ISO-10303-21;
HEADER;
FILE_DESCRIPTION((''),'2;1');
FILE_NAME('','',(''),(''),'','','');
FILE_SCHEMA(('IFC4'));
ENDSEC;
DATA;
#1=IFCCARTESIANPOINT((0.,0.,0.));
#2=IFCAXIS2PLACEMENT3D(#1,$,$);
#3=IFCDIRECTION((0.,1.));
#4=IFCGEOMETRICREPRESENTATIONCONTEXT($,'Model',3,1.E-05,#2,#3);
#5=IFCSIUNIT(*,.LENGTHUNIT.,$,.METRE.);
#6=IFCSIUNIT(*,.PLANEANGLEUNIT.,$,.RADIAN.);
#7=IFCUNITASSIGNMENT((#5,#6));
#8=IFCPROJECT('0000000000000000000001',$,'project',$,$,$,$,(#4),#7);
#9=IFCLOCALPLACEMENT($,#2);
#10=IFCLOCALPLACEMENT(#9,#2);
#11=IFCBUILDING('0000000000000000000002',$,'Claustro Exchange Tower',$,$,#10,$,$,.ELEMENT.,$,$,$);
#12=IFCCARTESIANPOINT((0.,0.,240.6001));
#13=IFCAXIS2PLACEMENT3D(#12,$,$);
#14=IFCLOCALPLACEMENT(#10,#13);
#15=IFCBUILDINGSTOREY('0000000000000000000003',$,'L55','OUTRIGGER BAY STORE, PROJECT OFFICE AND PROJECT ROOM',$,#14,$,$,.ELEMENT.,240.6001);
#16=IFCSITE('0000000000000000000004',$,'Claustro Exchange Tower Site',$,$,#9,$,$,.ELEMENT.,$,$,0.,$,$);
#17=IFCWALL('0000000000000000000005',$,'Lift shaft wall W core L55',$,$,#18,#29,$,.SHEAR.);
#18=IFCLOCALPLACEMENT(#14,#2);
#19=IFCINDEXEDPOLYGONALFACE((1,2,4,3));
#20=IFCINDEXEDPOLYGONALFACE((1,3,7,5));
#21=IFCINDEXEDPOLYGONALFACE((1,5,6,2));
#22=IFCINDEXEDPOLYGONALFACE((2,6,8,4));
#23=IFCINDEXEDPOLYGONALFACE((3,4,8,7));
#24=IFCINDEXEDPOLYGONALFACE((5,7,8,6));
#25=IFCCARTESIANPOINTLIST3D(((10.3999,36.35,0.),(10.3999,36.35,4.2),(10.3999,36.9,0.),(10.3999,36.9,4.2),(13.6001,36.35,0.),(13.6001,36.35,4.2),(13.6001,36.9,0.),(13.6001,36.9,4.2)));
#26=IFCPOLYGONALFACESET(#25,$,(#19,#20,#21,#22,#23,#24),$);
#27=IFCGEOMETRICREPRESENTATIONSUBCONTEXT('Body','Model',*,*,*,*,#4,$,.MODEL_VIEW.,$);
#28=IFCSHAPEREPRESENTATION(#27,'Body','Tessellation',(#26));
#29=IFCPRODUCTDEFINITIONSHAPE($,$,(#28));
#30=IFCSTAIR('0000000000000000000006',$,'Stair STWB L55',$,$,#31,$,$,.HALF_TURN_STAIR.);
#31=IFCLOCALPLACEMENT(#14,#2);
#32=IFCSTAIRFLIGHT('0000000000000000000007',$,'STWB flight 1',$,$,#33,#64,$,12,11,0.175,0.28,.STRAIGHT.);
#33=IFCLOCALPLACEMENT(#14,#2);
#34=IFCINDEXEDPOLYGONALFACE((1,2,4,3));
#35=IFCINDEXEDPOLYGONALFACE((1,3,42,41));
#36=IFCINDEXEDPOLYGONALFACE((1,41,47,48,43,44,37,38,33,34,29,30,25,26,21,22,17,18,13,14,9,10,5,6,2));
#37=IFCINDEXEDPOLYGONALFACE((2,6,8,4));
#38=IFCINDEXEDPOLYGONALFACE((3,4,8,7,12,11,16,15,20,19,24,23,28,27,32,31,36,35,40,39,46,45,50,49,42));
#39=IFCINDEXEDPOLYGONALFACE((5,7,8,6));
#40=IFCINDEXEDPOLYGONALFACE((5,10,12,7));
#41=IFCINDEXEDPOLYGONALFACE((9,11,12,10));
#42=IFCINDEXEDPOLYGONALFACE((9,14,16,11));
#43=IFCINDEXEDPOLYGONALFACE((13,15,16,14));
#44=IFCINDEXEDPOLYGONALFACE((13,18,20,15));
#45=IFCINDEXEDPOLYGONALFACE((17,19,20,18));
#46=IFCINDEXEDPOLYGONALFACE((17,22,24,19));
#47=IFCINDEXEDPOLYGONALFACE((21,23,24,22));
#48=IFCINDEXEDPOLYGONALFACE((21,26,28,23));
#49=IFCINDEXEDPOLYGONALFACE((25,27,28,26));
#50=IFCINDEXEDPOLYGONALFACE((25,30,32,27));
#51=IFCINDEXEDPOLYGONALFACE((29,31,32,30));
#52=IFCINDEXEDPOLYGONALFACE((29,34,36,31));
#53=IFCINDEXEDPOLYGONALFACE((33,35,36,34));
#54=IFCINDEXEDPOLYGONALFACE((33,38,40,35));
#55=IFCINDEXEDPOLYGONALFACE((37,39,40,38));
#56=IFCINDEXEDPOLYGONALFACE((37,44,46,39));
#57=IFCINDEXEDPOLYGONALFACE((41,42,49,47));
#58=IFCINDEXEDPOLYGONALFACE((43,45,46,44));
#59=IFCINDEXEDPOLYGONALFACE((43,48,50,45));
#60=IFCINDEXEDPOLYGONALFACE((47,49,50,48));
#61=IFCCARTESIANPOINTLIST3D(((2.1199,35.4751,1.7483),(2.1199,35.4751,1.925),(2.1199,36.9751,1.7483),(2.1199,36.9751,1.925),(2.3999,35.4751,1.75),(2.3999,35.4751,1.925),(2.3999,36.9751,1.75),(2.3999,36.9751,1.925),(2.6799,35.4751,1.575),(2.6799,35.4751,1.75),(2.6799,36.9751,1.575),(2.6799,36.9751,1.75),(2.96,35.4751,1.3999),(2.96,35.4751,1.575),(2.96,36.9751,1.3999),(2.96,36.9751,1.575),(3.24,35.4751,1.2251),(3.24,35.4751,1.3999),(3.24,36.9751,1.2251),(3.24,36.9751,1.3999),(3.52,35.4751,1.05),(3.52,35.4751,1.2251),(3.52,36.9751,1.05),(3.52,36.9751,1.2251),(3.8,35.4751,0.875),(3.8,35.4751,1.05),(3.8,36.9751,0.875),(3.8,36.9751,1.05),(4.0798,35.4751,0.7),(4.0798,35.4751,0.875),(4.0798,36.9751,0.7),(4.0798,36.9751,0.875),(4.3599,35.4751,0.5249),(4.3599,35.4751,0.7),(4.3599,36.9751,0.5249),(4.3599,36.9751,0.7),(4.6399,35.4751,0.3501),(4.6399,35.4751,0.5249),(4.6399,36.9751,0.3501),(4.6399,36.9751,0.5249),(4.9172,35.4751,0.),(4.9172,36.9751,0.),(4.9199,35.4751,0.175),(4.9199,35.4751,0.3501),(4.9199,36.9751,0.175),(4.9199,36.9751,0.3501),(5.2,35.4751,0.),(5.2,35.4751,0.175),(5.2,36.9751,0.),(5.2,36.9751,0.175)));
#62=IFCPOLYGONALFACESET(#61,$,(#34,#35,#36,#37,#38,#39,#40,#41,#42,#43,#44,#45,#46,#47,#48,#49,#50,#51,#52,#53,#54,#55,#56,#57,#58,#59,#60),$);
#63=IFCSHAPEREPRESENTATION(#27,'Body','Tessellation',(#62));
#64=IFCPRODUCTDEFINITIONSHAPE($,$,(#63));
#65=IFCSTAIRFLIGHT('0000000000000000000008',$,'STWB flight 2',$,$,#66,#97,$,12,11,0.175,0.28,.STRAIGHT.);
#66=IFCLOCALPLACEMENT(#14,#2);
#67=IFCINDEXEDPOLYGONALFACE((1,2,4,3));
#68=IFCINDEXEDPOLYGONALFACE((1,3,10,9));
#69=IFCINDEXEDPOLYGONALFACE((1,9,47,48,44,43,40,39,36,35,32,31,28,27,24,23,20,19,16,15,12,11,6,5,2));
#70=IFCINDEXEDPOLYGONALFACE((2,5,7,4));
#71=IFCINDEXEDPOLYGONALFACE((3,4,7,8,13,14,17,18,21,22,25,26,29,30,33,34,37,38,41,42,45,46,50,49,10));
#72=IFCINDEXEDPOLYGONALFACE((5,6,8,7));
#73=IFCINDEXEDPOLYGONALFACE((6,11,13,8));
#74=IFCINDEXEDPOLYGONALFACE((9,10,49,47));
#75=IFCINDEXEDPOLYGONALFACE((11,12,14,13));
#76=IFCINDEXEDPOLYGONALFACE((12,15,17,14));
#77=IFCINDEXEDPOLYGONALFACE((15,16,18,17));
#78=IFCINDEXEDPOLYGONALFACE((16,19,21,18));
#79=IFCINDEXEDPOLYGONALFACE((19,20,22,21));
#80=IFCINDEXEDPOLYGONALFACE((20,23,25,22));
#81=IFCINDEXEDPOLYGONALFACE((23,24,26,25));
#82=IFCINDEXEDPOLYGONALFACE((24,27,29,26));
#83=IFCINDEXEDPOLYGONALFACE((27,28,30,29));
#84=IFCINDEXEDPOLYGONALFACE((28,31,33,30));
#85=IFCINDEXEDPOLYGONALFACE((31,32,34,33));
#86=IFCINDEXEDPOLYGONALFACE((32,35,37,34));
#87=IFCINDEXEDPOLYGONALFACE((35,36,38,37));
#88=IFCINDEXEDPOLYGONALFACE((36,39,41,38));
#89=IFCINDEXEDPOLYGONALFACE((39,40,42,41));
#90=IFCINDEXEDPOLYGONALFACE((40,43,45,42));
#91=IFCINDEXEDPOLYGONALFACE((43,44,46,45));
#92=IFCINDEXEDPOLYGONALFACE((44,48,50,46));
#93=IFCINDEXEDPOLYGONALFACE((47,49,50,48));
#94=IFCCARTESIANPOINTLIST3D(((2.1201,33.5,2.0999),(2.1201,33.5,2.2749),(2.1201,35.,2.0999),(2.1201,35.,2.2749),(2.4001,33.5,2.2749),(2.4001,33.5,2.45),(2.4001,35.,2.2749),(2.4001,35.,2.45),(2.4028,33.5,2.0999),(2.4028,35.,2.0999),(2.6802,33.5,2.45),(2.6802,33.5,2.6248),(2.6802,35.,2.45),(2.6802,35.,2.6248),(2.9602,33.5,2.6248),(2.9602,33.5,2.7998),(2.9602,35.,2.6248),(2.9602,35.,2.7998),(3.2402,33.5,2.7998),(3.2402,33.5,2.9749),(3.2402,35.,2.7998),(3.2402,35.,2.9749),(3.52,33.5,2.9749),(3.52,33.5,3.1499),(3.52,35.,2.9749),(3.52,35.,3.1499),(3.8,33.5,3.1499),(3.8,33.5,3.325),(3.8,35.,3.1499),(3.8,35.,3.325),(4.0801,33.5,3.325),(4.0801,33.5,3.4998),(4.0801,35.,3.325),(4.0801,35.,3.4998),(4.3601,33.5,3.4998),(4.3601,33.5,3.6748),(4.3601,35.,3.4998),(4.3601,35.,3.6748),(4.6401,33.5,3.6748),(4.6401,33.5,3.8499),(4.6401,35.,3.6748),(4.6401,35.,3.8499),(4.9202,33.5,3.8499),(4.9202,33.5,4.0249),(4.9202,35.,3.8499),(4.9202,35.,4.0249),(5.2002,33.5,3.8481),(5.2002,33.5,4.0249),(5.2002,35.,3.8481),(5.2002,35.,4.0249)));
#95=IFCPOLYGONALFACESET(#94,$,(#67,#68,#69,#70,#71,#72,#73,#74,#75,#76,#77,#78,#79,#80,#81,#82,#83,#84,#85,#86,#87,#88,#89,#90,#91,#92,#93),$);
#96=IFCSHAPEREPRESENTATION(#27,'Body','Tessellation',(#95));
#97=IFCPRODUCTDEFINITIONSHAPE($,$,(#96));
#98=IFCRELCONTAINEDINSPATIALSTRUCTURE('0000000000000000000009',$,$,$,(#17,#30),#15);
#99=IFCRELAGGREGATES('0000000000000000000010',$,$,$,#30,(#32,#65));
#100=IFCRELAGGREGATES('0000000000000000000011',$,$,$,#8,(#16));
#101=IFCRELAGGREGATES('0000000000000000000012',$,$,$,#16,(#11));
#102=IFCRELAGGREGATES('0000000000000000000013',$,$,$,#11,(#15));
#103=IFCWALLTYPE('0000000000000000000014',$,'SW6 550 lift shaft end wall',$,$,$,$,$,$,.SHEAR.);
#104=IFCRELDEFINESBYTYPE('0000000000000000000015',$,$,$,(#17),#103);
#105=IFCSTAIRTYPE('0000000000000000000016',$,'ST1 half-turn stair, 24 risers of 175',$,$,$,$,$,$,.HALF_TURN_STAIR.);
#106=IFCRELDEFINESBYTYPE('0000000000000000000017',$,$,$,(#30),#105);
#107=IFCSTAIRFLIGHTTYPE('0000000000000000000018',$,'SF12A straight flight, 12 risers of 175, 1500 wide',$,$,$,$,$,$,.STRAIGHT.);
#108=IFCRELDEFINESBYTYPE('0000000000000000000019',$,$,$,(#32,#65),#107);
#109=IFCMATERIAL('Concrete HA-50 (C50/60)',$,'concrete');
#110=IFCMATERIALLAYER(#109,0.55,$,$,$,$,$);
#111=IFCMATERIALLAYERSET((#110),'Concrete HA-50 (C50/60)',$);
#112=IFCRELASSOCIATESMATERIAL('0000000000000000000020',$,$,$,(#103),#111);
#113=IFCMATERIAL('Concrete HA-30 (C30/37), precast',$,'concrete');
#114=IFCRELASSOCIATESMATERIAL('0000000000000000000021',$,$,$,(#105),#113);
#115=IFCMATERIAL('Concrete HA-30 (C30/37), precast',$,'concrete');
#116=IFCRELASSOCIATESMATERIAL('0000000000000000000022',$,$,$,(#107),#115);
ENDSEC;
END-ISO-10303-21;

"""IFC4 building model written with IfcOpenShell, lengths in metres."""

from ifc_helpers import new_model, si_unit, direction, frame, frame_2d, origin, place, context, subcontext, project, spatial, polyline, rectangle, outline, extrude, material, layer, layer_set, type_object, element, aggregate, save


model = new_model("IFC4")

# Units and contexts
model_context = context("Model", 3, precision=1e-05, world=origin(), true_north=direction((0.0, 1.0)))
body_context = subcontext(model_context, "Body", "Model", "MODEL_VIEW")
ifc_project = project(units=[si_unit("LENGTHUNIT", "METRE"), si_unit("PLANEANGLEUNIT", "RADIAN")], contexts=[model_context])

# Site, building, storey
site_placement = place(None, origin())
site = spatial("IfcSite", under=ifc_project, at=site_placement, Name="Claustro Exchange Tower Site", CompositionType="ELEMENT", RefElevation=0.0)
building_placement = place(site_placement, origin())
building = spatial("IfcBuilding", under=site, at=building_placement, Name="Claustro Exchange Tower", CompositionType="ELEMENT")
storey_placement = place(building_placement, frame((0.0, 0.0, 240.6001)))
storey = spatial("IfcBuildingStorey", under=building, at=storey_placement, Name="L55", Description="OUTRIGGER BAY STORE, PROJECT OFFICE AND PROJECT ROOM", CompositionType="ELEMENT", Elevation=240.6001)

# Wall
ifc_material_1 = material(Name="Concrete HA-50 (C50/60)", Category="concrete")
ifc_layer_1 = layer(ifc_material_1, 0.55)
ifc_layer_set_1 = layer_set([ifc_layer_1], Name="Concrete HA-50 (C50/60)")
wall_type_1 = type_object("IfcWallType", Name="SW6 550 lift shaft end wall", PredefinedType="SHEAR", material=ifc_layer_set_1)
wall_1_placement = place(storey_placement, frame((10.3999, 36.625, 0.0), z_axis=(0.0, 0.0, 1.0), x_axis=(1.0, 0.0, 0.0)))
element("IfcWall", 1, at=wall_1_placement, inside=storey, type_object=wall_type_1, Name="Lift shaft wall W core L55", PredefinedType="SHEAR", context=body_context, shape_type="SweptSolid", body=[
    extrude(rectangle(XDim=3.2002, YDim=0.55, at=frame_2d((1.6001, 0.0))), origin(), (0.0, 0.0, 1.0), 4.2),
])

# Stair, stair flights
ifc_material_2 = material(Name="Concrete HA-30 (C30/37), precast", Category="concrete")
stair_type = type_object("IfcStairType", Name="ST1 half-turn stair, 24 risers of 175", PredefinedType="HALF_TURN_STAIR", material=ifc_material_2)
stair_placement = place(storey_placement, origin())
stair = element("IfcStair", 2, at=stair_placement, inside=storey, type_object=stair_type, Name="Stair STWB L55", PredefinedType="HALF_TURN_STAIR")
ifc_material_3 = material(Name="Concrete HA-30 (C30/37), precast", Category="concrete")
stair_flight_type = type_object("IfcStairFlightType", Name="SF12A straight flight, 12 risers of 175, 1500 wide", PredefinedType="STRAIGHT", material=ifc_material_3)
stair_flight_1_placement = place(storey_placement, frame((5.2, 36.2251, 0.0), z_axis=(0.0, 0.0, 1.0), x_axis=(-1.0, 0.0, 0.0)))
stair_flight_1 = element("IfcStairFlight", 3, at=stair_flight_1_placement, type_object=stair_flight_type, Name="STWB flight 1", NumberOfRisers=12, NumberOfTreads=11, PredefinedType="STRAIGHT", RiserHeight=0.175, TreadLength=0.28, context=body_context, shape_type="SweptSolid", body=[
    extrude(outline(polyline([(0.0, 0.0), (0.0, 0.175), (0.28, 0.175), (0.28, 0.3501), (0.5601, 0.3501), (0.5601, 0.5249), (0.8401, 0.5249), (0.8401, 0.7), (1.1201, 0.7), (1.1201, 0.875), (1.3999, 0.875), (1.3999, 1.05), (1.6799, 1.05), (1.6799, 1.2251), (1.96, 1.2251), (1.96, 1.3999), (2.24, 1.3999), (2.24, 1.575), (2.52, 1.575), (2.52, 1.75), (2.8, 1.75), (2.8, 1.925), (3.0801, 1.925), (3.0801, 2.1001), (3.0801, 1.7483), (0.2827, 0.0), (0.0, 0.0)])), frame((0.0, 0.75, 0.0), z_axis=(0.0, -1.0, 0.0), x_axis=(1.0, 0.0, 0.0)), (0.0, 0.0, 1.0), 1.5),
])
stair_flight_2_placement = place(storey_placement, frame((2.1201, 34.25, 2.0999), z_axis=(0.0, 0.0, 1.0), x_axis=(1.0, 0.0, 0.0)))
stair_flight_2 = element("IfcStairFlight", 4, at=stair_flight_2_placement, type_object=stair_flight_type, Name="STWB flight 2", NumberOfRisers=12, NumberOfTreads=11, PredefinedType="STRAIGHT", RiserHeight=0.175, TreadLength=0.28, context=body_context, shape_type="SweptSolid", body=[
    extrude(outline(polyline([(0.0, 0.0), (0.0, 0.175), (0.28, 0.175), (0.28, 0.3501), (0.5601, 0.3501), (0.5601, 0.5249), (0.8401, 0.5249), (0.8401, 0.7), (1.1201, 0.7), (1.1201, 0.875), (1.3999, 0.875), (1.3999, 1.05), (1.6799, 1.05), (1.6799, 1.2251), (1.96, 1.2251), (1.96, 1.3999), (2.24, 1.3999), (2.24, 1.575), (2.52, 1.575), (2.52, 1.75), (2.8, 1.75), (2.8, 1.925), (3.0801, 1.925), (3.0801, 2.1001), (3.0801, 1.7483), (0.2827, 0.0), (0.0, 0.0)])), frame((0.0, 0.75, 0.0), z_axis=(0.0, -1.0, 0.0), x_axis=(1.0, 0.0, 0.0)), (0.0, 0.0, 1.0), 1.5),
])
aggregate(stair, [stair_flight_1, stair_flight_2])

save(model, "model.ifc")
